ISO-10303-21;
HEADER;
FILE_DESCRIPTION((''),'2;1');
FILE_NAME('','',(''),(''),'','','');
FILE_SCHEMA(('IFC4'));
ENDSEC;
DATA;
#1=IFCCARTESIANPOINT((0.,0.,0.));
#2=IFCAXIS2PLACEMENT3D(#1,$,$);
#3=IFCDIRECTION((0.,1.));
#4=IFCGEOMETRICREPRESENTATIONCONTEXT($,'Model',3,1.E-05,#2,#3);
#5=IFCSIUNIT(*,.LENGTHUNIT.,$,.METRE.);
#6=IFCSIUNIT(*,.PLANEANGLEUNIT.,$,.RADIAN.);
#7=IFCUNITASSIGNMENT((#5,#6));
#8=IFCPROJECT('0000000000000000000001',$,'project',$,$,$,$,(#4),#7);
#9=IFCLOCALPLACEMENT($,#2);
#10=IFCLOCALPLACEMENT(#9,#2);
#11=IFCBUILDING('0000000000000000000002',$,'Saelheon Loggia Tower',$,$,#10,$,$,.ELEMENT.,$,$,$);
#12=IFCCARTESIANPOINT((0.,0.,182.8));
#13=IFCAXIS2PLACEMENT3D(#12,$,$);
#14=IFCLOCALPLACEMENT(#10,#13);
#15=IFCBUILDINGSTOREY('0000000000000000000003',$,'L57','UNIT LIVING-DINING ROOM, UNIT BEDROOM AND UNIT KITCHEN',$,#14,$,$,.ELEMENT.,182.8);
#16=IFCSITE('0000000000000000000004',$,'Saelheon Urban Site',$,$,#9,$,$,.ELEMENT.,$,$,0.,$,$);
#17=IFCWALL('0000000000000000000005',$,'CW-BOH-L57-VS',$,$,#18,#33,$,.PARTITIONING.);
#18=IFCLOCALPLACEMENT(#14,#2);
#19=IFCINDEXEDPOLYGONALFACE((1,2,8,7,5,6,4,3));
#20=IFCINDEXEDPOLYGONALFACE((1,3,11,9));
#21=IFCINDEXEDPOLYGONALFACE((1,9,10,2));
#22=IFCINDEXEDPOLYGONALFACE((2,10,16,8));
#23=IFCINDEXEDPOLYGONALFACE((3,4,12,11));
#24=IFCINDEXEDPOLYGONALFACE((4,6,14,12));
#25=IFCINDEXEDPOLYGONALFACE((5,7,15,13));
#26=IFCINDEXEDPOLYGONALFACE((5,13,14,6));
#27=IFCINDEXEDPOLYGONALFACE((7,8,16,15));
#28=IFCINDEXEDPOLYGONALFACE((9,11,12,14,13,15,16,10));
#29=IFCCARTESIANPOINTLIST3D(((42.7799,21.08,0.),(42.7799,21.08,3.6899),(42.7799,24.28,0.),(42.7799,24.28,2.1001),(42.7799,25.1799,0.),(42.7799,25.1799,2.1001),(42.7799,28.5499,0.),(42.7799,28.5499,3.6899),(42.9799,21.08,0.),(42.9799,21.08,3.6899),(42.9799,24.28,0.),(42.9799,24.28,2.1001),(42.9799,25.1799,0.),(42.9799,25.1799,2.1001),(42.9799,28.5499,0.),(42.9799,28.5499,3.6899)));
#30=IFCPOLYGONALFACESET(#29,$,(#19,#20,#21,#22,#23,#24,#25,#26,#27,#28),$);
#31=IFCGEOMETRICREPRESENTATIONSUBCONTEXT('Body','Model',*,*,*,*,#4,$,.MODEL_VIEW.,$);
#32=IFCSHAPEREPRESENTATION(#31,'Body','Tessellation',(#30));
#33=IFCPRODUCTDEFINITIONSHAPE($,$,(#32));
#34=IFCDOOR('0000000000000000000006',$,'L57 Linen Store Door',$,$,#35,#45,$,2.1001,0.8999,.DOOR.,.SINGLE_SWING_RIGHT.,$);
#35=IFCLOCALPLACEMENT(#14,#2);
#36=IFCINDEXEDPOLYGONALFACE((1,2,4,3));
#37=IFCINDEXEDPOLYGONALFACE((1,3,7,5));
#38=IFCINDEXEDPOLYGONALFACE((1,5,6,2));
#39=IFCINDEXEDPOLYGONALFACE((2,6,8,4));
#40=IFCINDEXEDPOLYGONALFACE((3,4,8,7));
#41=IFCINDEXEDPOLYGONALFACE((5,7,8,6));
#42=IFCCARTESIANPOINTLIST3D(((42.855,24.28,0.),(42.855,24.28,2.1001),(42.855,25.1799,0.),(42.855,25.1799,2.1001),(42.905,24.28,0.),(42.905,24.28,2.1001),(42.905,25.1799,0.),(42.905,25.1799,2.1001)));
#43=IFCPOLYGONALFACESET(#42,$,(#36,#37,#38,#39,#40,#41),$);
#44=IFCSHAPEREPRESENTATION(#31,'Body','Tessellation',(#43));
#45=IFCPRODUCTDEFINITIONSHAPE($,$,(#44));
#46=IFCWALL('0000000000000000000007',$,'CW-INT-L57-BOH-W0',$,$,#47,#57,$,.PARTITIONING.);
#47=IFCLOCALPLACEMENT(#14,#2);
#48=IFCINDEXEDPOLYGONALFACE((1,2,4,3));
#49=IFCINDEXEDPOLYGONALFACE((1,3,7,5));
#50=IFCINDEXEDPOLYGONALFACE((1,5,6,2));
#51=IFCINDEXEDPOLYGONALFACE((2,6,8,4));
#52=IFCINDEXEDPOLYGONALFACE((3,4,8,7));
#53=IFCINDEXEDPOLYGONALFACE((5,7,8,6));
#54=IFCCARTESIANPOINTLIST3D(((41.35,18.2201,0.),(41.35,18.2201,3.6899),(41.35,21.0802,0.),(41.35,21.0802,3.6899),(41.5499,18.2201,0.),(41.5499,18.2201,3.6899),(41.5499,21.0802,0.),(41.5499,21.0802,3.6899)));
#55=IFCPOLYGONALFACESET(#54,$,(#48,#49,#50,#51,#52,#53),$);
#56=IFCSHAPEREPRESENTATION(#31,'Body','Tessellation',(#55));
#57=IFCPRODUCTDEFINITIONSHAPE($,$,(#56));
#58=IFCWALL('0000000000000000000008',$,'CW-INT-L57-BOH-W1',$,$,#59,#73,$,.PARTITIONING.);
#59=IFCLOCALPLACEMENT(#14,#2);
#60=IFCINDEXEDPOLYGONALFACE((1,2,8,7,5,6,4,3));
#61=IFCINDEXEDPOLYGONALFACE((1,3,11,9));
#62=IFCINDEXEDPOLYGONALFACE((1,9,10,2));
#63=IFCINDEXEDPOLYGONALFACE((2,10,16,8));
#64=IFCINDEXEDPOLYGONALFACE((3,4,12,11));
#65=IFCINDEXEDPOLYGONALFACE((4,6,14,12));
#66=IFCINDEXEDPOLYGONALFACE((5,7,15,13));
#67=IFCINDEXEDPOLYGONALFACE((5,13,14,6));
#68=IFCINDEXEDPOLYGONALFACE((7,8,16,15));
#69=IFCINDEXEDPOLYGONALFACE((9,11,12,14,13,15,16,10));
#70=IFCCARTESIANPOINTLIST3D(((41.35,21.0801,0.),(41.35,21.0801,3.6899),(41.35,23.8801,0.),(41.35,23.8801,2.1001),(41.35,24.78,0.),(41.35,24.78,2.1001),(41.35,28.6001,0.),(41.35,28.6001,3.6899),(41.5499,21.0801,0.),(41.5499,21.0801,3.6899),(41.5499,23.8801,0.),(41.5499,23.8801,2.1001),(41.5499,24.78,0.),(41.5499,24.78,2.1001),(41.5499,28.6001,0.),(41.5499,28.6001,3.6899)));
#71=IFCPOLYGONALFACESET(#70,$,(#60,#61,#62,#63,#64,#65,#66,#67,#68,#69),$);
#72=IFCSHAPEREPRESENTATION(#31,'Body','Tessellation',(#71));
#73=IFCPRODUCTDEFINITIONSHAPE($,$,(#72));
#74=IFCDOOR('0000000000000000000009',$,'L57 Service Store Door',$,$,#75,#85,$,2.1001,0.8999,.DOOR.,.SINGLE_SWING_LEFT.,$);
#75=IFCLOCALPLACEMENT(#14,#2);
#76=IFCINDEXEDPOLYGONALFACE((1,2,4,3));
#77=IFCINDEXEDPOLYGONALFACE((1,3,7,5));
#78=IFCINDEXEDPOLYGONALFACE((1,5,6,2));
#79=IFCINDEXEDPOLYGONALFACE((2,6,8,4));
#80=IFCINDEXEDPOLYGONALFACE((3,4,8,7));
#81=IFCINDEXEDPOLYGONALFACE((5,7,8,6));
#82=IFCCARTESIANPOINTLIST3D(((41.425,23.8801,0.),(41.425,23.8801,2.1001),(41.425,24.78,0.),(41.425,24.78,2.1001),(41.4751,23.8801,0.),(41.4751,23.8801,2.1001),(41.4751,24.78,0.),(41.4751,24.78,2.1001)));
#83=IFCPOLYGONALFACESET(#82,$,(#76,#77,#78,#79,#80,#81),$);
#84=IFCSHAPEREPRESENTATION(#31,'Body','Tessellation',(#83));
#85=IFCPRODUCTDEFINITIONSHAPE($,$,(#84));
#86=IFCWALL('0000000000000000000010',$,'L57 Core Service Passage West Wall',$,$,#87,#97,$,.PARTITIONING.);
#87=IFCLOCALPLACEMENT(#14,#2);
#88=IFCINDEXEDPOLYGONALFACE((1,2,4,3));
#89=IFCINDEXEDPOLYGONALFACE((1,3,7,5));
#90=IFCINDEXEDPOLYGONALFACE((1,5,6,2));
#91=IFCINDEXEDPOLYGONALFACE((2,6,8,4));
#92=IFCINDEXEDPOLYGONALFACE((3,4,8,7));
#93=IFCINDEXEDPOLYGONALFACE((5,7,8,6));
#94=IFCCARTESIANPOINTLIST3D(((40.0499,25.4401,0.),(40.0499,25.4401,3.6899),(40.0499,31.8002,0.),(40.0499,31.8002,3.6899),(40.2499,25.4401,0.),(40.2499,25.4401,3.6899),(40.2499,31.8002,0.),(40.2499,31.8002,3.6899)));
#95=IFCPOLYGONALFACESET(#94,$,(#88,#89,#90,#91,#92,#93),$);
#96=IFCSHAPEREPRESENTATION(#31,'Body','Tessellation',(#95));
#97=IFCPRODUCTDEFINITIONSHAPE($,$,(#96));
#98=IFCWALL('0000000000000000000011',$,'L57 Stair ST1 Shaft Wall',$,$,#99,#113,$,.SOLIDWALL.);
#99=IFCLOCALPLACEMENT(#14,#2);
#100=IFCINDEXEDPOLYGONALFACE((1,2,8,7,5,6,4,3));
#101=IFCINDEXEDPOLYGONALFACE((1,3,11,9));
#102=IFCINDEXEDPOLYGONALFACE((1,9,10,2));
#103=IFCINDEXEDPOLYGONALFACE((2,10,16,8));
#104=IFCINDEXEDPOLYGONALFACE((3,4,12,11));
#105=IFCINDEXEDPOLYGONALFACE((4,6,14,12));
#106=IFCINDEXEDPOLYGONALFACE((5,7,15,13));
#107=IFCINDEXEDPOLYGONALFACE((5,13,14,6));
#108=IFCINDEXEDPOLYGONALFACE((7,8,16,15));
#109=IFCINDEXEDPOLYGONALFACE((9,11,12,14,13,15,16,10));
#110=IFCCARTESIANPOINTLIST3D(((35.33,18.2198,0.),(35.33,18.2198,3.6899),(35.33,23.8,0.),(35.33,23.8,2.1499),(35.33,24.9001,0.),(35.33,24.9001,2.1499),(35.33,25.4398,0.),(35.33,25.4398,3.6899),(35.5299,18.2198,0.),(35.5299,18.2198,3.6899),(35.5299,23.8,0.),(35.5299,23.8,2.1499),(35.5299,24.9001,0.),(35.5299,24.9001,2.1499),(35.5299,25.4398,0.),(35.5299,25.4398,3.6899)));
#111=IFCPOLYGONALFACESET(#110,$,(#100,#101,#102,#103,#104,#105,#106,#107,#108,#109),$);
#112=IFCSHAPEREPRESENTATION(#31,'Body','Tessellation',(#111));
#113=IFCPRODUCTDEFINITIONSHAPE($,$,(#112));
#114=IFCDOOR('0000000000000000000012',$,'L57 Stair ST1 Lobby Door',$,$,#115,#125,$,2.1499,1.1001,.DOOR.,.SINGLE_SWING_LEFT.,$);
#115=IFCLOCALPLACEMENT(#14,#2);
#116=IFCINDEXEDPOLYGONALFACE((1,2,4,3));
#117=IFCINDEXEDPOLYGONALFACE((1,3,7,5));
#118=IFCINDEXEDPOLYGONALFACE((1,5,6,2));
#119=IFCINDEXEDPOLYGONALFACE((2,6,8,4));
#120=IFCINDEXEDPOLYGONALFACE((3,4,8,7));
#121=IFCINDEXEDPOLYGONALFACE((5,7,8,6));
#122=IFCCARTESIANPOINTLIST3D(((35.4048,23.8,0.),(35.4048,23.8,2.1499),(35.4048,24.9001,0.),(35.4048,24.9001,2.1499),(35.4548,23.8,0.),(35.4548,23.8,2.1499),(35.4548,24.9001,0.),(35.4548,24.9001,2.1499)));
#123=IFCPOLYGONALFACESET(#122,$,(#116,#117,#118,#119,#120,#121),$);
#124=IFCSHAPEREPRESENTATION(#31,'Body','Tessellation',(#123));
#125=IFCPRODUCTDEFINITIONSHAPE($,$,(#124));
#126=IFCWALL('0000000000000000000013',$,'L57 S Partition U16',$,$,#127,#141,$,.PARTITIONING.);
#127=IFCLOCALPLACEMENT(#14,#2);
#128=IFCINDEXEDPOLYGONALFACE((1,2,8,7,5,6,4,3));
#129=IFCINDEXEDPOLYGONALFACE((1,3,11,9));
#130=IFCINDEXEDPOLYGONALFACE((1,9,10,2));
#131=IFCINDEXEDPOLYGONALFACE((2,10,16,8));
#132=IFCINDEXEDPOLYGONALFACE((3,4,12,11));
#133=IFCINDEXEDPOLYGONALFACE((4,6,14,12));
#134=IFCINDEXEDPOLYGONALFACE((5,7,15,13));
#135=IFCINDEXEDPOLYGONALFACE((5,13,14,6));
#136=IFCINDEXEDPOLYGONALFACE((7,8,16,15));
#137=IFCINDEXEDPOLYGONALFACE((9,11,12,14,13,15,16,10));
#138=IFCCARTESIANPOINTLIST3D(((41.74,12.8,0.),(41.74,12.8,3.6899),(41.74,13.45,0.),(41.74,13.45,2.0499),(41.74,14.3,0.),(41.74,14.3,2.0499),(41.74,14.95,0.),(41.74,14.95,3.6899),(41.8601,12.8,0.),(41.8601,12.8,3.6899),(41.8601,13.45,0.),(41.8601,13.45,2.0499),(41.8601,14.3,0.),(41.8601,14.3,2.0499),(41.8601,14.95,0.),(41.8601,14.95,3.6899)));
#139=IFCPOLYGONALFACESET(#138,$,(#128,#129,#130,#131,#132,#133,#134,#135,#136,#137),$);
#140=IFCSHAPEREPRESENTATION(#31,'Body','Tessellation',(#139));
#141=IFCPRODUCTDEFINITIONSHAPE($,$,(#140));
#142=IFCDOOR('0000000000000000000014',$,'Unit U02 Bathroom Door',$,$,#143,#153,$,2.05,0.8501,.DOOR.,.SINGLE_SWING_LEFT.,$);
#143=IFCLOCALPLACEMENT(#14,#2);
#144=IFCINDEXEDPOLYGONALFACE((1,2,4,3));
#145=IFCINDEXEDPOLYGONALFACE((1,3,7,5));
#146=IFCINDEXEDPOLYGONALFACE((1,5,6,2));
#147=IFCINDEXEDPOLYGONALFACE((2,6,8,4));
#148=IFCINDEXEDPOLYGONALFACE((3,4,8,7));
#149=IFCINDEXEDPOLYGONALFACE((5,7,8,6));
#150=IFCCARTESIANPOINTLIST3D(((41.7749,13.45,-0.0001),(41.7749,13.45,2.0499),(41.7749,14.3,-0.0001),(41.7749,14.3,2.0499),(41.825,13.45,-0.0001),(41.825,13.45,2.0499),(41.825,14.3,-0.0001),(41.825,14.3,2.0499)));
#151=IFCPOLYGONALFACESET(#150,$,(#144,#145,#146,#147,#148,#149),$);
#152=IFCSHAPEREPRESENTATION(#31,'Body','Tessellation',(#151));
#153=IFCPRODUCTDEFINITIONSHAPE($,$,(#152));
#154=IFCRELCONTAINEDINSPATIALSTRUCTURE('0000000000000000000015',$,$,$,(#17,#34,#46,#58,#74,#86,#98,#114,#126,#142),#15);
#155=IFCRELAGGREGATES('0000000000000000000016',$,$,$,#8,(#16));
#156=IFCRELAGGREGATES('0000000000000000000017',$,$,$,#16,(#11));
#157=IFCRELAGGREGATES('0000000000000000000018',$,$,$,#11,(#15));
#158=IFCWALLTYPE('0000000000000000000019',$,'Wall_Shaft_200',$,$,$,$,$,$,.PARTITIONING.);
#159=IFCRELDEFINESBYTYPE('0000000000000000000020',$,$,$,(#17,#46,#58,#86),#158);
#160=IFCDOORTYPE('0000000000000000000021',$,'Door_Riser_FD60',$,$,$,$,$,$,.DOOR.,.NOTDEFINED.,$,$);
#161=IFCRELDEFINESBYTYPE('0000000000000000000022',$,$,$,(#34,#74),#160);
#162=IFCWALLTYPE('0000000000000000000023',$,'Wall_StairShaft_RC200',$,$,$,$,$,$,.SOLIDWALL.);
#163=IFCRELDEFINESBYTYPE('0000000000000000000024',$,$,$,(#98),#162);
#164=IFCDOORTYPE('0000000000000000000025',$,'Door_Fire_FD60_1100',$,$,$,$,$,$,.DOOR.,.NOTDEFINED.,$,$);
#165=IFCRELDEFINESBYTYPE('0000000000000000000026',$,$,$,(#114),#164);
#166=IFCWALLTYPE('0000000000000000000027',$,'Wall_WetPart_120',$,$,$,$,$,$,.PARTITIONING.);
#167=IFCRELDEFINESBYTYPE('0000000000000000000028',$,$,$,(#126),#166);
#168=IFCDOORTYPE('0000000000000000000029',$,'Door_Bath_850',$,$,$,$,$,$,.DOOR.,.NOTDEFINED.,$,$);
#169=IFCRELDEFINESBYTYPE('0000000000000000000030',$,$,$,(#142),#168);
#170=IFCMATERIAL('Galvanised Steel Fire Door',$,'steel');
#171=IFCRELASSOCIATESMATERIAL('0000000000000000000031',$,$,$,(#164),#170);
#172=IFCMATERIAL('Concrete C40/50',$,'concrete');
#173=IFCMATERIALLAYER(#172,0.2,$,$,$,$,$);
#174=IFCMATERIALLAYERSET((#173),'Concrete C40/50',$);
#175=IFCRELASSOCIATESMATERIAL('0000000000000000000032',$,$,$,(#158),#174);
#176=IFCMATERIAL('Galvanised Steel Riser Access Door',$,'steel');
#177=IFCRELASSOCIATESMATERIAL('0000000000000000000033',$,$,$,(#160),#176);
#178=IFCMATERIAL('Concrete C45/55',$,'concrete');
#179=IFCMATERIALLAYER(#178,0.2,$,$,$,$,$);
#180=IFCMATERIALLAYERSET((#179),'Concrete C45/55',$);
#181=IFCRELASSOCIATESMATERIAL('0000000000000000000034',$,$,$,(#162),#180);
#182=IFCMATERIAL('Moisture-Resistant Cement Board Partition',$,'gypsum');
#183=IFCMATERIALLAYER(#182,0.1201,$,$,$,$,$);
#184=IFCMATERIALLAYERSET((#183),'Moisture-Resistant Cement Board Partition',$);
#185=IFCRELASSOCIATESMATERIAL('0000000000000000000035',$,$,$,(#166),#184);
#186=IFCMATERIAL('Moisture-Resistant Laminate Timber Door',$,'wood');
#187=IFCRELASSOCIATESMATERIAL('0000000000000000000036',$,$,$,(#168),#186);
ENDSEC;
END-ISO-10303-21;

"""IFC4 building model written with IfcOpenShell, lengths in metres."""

from ifc_helpers import new_model, si_unit, direction, frame, frame_2d, origin, place, context, subcontext, project, spatial, rectangle, extrude, source, transform, mapped, material, layer, layer_set, type_object, element, fill, save


model = new_model("IFC4")

# Units and contexts
model_context = context("Model", 3, precision=1e-05, world=origin(), true_north=direction((0.0, 1.0)))
body_context = subcontext(model_context, "Body", "Model", "MODEL_VIEW")
ifc_project = project(units=[si_unit("LENGTHUNIT", "METRE"), si_unit("PLANEANGLEUNIT", "RADIAN")], contexts=[model_context])

# Site, building, storey
site_placement = place(None, origin())
site = spatial("IfcSite", under=ifc_project, at=site_placement, Name="Saelheon Urban Site", CompositionType="ELEMENT", RefElevation=0.0)
building_placement = place(site_placement, origin())
building = spatial("IfcBuilding", under=site, at=building_placement, Name="Saelheon Loggia Tower", CompositionType="ELEMENT")
storey_placement = place(building_placement, frame((0.0, 0.0, 182.8)))
storey = spatial("IfcBuildingStorey", under=building, at=storey_placement, Name="L57", Description="UNIT LIVING-DINING ROOM, UNIT BEDROOM AND UNIT KITCHEN", CompositionType="ELEMENT", Elevation=182.8)

# Shared definitions
ifc_material_1 = material(Name="Concrete C45/55", Category="concrete")
ifc_material_2 = material(Name="Galvanised Steel Fire Door", Category="steel")
door_type_1 = type_object("IfcDoorType", Name="Door_Fire_FD60_1100", OperationType="NOTDEFINED", PredefinedType="DOOR", material=ifc_material_2)
shared_shape_1 = source(origin(), body_context, "Body", "SweptSolid", [
    extrude(rectangle(XDim=1.1001, YDim=2.1499, at=frame_2d((0.55, 1.075))), frame((0.0, 0.0249, 0.0), z_axis=(0.0, -1.0, 0.0), x_axis=(1.0, 0.0, 0.0)), (0.0, 0.0, 1.0), 0.05),
])

# Shared definitions
ifc_material_3 = material(Name="Concrete C40/50", Category="concrete")
ifc_layer_1 = layer(ifc_material_3, 0.2)
ifc_layer_set_1 = layer_set([ifc_layer_1], Name="Concrete C40/50")
wall_type_1 = type_object("IfcWallType", Name="Wall_Shaft_200", PredefinedType="PARTITIONING", material=ifc_layer_set_1)

# Wall, opening, door
wall_1_placement = place(storey_placement, frame((42.8799, 21.0801, 0.0), z_axis=(0.0, 0.0, 1.0), x_axis=(0.0, 1.0, 0.0)))
wall_1 = element("IfcWall", 1, at=wall_1_placement, inside=storey, type_object=wall_type_1, Name="CW-BOH-L57-VS", PredefinedType="PARTITIONING", context=body_context, shape_type="SweptSolid", body=[
    extrude(rectangle(XDim=7.47, YDim=0.2, at=frame_2d((3.7349, 0.0))), origin(), (0.0, 0.0, 1.0), 3.6899),
])
opening_1_placement = place(wall_1_placement, frame((3.2, 0.0, 0.0)))
opening_1 = element("IfcOpeningElement", 2, at=opening_1_placement, cuts=wall_1, PredefinedType="OPENING", context=body_context, shape_type="SweptSolid", body=[
    extrude(rectangle(XDim=0.8999, YDim=2.1001, at=frame_2d((0.45, 1.05))), frame((0.0, 0.1121, 0.0), z_axis=(0.0, -1.0, 0.0), x_axis=(1.0, 0.0, 0.0)), (0.0, 0.0, 1.0), 0.2239),
])
ifc_material_4 = material(Name="Galvanised Steel Riser Access Door", Category="steel")
door_type_2 = type_object("IfcDoorType", Name="Door_Riser_FD60", OperationType="NOTDEFINED", PredefinedType="DOOR", material=ifc_material_4)
shared_shape_2 = source(origin(), body_context, "Body", "SweptSolid", [
    extrude(rectangle(XDim=0.8999, YDim=2.1001, at=frame_2d((0.45, 1.05))), frame((0.0, 0.0249, 0.0), z_axis=(0.0, -1.0, 0.0), x_axis=(1.0, 0.0, 0.0)), (0.0, 0.0, 1.0), 0.05),
])
door_1_placement = place(opening_1_placement, origin())
door_1 = element("IfcDoor", 3, at=door_1_placement, inside=storey, type_object=door_type_2, Name="L57 Linen Store Door", OperationType="SINGLE_SWING_RIGHT", OverallHeight=2.1001, OverallWidth=0.8999, PredefinedType="DOOR", context=body_context, shape_type="MappedRepresentation", body=[
    mapped(shared_shape_2, transform((0.0, 0.0, 0.0), scale=1.0)),
])
fill(opening_1, door_1)

# Wall
wall_2_placement = place(storey_placement, frame((41.45, 18.22, 0.0), z_axis=(0.0, 0.0, 1.0), x_axis=(0.0, 1.0, 0.0)))
element("IfcWall", 4, at=wall_2_placement, inside=storey, type_object=wall_type_1, Name="CW-INT-L57-BOH-W0", PredefinedType="PARTITIONING", context=body_context, shape_type="SweptSolid", body=[
    extrude(rectangle(XDim=2.8601, YDim=0.2, at=frame_2d((1.4302, 0.0))), origin(), (0.0, 0.0, 1.0), 3.6899),
])

# Wall, opening, door
wall_3_placement = place(storey_placement, frame((41.45, 21.0801, 0.0), z_axis=(0.0, 0.0, 1.0), x_axis=(0.0, 1.0, 0.0)))
wall_3 = element("IfcWall", 5, at=wall_3_placement, inside=storey, type_object=wall_type_1, Name="CW-INT-L57-BOH-W1", PredefinedType="PARTITIONING", context=body_context, shape_type="SweptSolid", body=[
    extrude(rectangle(XDim=7.52, YDim=0.2, at=frame_2d((3.76, 0.0))), origin(), (0.0, 0.0, 1.0), 3.6899),
])
opening_2_placement = place(wall_3_placement, frame((2.8, 0.0, 0.0)))
opening_2 = element("IfcOpeningElement", 6, at=opening_2_placement, cuts=wall_3, PredefinedType="OPENING", context=body_context, shape_type="SweptSolid", body=[
    extrude(rectangle(XDim=0.8999, YDim=2.1001, at=frame_2d((0.45, 1.05))), frame((0.0, 0.1121, 0.0), z_axis=(0.0, -1.0, 0.0), x_axis=(1.0, 0.0, 0.0)), (0.0, 0.0, 1.0), 0.2239),
])
door_2_placement = place(opening_2_placement, origin())
door_2 = element("IfcDoor", 7, at=door_2_placement, inside=storey, type_object=door_type_2, Name="L57 Service Store Door", OperationType="SINGLE_SWING_LEFT", OverallHeight=2.1001, OverallWidth=0.8999, PredefinedType="DOOR", context=body_context, shape_type="MappedRepresentation", body=[
    mapped(shared_shape_2, transform((0.0, 0.0, 0.0), scale=1.0)),
])
fill(opening_2, door_2)

# Wall
wall_4_placement = place(storey_placement, frame((40.1499, 25.4399, 0.0), z_axis=(0.0, 0.0, 1.0), x_axis=(0.0, 1.0, 0.0)))
element("IfcWall", 8, at=wall_4_placement, inside=storey, type_object=wall_type_1, Name="L57 Core Service Passage West Wall", PredefinedType="PARTITIONING", context=body_context, shape_type="SweptSolid", body=[
    extrude(rectangle(XDim=6.3601, YDim=0.2, at=frame_2d((3.1802, 0.0))), origin(), (0.0, 0.0, 1.0), 3.6899),
])

# Walls, openings, doors
ifc_layer_2 = layer(ifc_material_1, 0.2)
ifc_layer_set_2 = layer_set([ifc_layer_2], Name="Concrete C45/55")
wall_type_2 = type_object("IfcWallType", Name="Wall_StairShaft_RC200", PredefinedType="SOLIDWALL", material=ifc_layer_set_2)
wall_5_placement = place(storey_placement, frame((35.4299, 18.22, 0.0), z_axis=(0.0, 0.0, 1.0), x_axis=(0.0, 1.0, 0.0)))
wall_5 = element("IfcWall", 9, at=wall_5_placement, inside=storey, type_object=wall_type_2, Name="L57 Stair ST1 Shaft Wall", PredefinedType="SOLIDWALL", context=body_context, shape_type="SweptSolid", body=[
    extrude(rectangle(XDim=7.22, YDim=0.2, at=frame_2d((3.6099, 0.0))), origin(), (0.0, 0.0, 1.0), 3.6899),
])
opening_3_placement = place(wall_5_placement, frame((6.6802, 0.0, 0.0), z_axis=(0.0, 0.0, 1.0), x_axis=(-1.0, 0.0, 0.0)))
opening_3 = element("IfcOpeningElement", 10, at=opening_3_placement, cuts=wall_5, PredefinedType="OPENING", context=body_context, shape_type="SweptSolid", body=[
    extrude(rectangle(XDim=1.1001, YDim=2.1499, at=frame_2d((0.55, 1.075))), frame((0.0, 0.1121, 0.0), z_axis=(0.0, -1.0, 0.0), x_axis=(1.0, 0.0, 0.0)), (0.0, 0.0, 1.0), 0.2239),
])
door_3_placement = place(opening_3_placement, origin())
door_3 = element("IfcDoor", 11, at=door_3_placement, inside=storey, type_object=door_type_1, Name="L57 Stair ST1 Lobby Door", OperationType="SINGLE_SWING_LEFT", OverallHeight=2.1499, OverallWidth=1.1001, PredefinedType="DOOR", context=body_context, shape_type="MappedRepresentation", body=[
    mapped(shared_shape_1, transform((0.0, 0.0, 0.0), scale=1.0)),
])
fill(opening_3, door_3)
ifc_material_5 = material(Name="Moisture-Resistant Cement Board Partition", Category="gypsum")
ifc_layer_3 = layer(ifc_material_5, 0.1201)
ifc_layer_set_3 = layer_set([ifc_layer_3], Name="Moisture-Resistant Cement Board Partition")
wall_type_3 = type_object("IfcWallType", Name="Wall_WetPart_120", PredefinedType="PARTITIONING", material=ifc_layer_set_3)
wall_6_placement = place(storey_placement, frame((41.8, 14.95, 0.0), z_axis=(0.0, 0.0, 1.0), x_axis=(0.0, -1.0, 0.0)))
wall_6 = element("IfcWall", 12, at=wall_6_placement, inside=storey, type_object=wall_type_3, Name="L57 S Partition U16", PredefinedType="PARTITIONING", context=body_context, shape_type="SweptSolid", body=[
    extrude(rectangle(XDim=2.1499, YDim=0.1201, at=frame_2d((1.075, 0.0))), origin(), (0.0, 0.0, 1.0), 3.6899),
])
opening_4_placement = place(wall_6_placement, frame((0.6499, 0.0, 0.0)))
opening_4 = element("IfcOpeningElement", 13, at=opening_4_placement, cuts=wall_6, PredefinedType="OPENING", context=body_context, shape_type="SweptSolid", body=[
    extrude(rectangle(XDim=0.8501, YDim=2.05, at=frame_2d((0.425, 1.0249))), frame((0.0, 0.072, 0.0), z_axis=(0.0, -1.0, 0.0), x_axis=(1.0, 0.0, 0.0)), (0.0, 0.0, 1.0), 0.144),
])
ifc_material_6 = material(Name="Moisture-Resistant Laminate Timber Door", Category="wood")
door_type_3 = type_object("IfcDoorType", Name="Door_Bath_850", OperationType="NOTDEFINED", PredefinedType="DOOR", material=ifc_material_6)
shared_shape_3 = source(origin(), body_context, "Body", "SweptSolid", [
    extrude(rectangle(XDim=0.8501, YDim=2.05, at=frame_2d((0.425, 1.0249))), frame((0.0, 0.0249, 0.0), z_axis=(0.0, -1.0, 0.0), x_axis=(1.0, 0.0, 0.0)), (0.0, 0.0, 1.0), 0.05),
])
door_4_placement = place(opening_4_placement, origin())
door_4 = element("IfcDoor", 14, at=door_4_placement, inside=storey, type_object=door_type_3, Name="Unit U02 Bathroom Door", OperationType="SINGLE_SWING_LEFT", OverallHeight=2.05, OverallWidth=0.8501, PredefinedType="DOOR", context=body_context, shape_type="MappedRepresentation", body=[
    mapped(shared_shape_3, transform((0.0, 0.0, 0.0), scale=1.0)),
])
fill(opening_4, door_4)

save(model, "model.ifc")
